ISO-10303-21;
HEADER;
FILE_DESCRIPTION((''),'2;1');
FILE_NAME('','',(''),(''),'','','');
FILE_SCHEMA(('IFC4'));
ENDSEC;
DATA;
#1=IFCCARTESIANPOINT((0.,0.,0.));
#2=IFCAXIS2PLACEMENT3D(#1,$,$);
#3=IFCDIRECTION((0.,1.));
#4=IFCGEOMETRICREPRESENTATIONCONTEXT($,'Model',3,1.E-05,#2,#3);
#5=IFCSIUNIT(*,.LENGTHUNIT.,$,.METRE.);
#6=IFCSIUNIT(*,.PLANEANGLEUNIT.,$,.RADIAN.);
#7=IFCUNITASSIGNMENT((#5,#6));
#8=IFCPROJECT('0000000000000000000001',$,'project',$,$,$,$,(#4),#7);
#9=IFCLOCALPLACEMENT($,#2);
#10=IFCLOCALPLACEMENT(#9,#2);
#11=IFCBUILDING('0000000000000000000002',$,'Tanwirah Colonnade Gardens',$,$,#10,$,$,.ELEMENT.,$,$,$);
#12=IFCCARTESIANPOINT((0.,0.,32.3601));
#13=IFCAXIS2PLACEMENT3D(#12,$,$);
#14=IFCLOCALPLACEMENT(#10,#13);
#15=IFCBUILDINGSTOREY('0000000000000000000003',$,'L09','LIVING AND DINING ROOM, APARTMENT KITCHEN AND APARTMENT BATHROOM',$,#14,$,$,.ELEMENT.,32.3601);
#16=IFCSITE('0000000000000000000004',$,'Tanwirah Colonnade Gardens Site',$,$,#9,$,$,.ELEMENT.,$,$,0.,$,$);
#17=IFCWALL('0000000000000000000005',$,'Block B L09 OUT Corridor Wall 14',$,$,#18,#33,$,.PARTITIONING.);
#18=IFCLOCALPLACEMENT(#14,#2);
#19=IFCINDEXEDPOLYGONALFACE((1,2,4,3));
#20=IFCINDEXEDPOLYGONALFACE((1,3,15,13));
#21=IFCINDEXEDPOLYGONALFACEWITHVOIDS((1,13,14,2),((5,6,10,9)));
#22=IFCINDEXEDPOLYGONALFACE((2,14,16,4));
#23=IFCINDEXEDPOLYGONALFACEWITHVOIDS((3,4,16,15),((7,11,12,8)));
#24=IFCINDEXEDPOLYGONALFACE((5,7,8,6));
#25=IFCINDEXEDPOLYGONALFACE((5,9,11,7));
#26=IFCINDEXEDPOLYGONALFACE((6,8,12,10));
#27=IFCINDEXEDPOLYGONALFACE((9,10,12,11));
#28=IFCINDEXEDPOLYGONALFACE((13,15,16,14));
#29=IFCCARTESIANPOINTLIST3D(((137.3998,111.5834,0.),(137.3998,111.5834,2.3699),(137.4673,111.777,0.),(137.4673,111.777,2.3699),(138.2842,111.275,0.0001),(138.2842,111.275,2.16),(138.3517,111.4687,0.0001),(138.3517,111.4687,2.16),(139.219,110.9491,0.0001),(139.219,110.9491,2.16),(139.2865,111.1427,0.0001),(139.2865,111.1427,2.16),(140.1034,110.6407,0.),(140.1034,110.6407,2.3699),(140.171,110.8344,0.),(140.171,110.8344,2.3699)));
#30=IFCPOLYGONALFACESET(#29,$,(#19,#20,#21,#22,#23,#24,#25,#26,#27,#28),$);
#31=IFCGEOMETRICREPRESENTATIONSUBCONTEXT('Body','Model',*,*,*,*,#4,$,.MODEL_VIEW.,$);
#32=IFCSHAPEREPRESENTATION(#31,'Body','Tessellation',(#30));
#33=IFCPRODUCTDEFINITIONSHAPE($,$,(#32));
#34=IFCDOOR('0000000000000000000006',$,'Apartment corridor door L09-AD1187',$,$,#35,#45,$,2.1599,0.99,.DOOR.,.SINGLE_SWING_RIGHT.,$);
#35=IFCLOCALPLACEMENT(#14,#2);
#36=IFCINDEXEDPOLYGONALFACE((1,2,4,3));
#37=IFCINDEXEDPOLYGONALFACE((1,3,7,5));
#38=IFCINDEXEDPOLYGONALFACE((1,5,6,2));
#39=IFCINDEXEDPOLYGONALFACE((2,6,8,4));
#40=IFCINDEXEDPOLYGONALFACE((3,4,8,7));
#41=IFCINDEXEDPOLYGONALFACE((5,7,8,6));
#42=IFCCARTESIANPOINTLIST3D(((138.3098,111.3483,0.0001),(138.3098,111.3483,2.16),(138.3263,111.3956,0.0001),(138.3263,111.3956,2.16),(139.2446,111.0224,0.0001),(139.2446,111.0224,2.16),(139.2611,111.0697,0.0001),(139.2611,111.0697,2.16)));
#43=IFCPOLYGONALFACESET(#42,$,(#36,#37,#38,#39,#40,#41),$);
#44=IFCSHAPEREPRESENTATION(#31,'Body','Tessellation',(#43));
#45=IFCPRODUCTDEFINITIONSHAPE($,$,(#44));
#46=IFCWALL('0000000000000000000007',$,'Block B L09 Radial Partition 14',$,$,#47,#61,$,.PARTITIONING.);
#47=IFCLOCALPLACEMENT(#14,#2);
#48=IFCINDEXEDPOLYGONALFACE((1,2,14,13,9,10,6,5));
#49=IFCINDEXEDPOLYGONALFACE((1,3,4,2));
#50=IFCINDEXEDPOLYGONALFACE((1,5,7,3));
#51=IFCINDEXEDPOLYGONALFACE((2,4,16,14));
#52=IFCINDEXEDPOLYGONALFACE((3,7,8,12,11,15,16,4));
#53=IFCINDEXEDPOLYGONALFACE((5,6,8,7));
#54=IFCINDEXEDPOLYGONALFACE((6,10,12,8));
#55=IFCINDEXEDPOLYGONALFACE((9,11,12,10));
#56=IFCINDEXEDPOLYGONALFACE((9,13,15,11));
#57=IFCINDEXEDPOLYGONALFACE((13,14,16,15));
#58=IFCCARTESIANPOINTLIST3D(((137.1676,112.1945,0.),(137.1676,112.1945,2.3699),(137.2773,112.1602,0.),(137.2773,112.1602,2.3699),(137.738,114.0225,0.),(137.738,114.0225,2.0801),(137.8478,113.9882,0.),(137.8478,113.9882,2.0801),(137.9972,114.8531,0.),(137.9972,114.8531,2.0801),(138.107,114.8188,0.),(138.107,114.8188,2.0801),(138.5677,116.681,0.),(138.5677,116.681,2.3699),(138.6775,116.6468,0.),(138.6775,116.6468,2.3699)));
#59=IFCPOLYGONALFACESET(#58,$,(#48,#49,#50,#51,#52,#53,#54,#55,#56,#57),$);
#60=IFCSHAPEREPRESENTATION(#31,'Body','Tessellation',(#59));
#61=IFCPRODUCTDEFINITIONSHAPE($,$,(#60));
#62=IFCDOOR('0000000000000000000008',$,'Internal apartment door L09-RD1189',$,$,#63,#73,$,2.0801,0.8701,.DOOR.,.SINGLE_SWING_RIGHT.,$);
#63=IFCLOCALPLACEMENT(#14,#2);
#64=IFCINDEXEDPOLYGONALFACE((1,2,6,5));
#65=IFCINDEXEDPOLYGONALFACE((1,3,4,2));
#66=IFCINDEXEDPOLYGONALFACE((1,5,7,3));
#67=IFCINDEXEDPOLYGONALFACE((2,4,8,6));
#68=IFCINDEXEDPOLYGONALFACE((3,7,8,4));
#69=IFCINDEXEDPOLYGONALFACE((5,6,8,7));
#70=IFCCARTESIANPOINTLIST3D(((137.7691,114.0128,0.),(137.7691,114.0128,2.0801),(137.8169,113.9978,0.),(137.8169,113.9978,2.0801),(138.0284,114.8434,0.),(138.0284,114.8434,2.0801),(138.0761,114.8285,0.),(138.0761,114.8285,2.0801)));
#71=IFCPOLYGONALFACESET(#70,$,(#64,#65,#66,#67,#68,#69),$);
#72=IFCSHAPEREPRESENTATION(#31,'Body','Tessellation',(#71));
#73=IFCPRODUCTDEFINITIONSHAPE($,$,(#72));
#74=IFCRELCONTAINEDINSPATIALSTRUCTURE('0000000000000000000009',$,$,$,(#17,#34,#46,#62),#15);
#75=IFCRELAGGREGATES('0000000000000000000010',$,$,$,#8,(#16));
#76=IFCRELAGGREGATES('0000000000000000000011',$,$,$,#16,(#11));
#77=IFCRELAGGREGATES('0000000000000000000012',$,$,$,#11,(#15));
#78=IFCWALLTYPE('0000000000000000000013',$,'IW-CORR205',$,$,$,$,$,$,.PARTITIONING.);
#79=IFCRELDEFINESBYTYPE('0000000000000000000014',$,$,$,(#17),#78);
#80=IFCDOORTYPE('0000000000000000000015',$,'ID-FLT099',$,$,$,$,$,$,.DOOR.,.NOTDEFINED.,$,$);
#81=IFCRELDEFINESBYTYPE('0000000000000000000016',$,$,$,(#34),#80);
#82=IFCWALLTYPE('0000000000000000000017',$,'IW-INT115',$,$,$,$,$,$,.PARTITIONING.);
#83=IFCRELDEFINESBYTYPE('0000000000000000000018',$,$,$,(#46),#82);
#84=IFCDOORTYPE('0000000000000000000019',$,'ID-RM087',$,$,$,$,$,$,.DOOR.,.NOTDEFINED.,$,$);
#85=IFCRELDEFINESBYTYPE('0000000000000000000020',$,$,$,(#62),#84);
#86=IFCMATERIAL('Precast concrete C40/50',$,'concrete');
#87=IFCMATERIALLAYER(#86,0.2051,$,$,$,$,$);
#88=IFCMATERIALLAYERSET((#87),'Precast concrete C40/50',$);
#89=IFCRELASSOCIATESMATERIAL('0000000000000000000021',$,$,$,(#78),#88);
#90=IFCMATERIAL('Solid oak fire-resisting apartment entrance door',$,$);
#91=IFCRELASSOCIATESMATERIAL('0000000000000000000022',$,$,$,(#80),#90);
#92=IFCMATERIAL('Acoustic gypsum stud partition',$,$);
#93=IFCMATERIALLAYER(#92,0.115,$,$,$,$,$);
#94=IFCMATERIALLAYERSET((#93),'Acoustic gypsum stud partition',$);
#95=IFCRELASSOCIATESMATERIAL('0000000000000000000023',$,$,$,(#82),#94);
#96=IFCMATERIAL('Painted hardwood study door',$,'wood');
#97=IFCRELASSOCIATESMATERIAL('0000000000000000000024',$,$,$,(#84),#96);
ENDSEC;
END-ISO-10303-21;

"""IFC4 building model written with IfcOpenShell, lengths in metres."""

from ifc_helpers import new_model, si_unit, direction, frame, frame_2d, origin, place, context, subcontext, project, spatial, rectangle, extrude, material, layer, layer_set, type_object, element, fill, save


model = new_model("IFC4")

# Units and contexts
model_context = context("Model", 3, precision=1e-05, world=origin(), true_north=direction((0.0, 1.0)))
body_context = subcontext(model_context, "Body", "Model", "MODEL_VIEW")
ifc_project = project(units=[si_unit("LENGTHUNIT", "METRE"), si_unit("PLANEANGLEUNIT", "RADIAN")], contexts=[model_context])

# Site, building, storey
site_placement = place(None, origin())
site = spatial("IfcSite", under=ifc_project, at=site_placement, Name="Tanwirah Colonnade Gardens Site", CompositionType="ELEMENT", RefElevation=0.0)
building_placement = place(site_placement, origin())
building = spatial("IfcBuilding", under=site, at=building_placement, Name="Tanwirah Colonnade Gardens", CompositionType="ELEMENT")
storey_placement = place(building_placement, frame((0.0, 0.0, 32.3601)))
storey = spatial("IfcBuildingStorey", under=building, at=storey_placement, Name="L09", Description="LIVING AND DINING ROOM, APARTMENT KITCHEN AND APARTMENT BATHROOM", CompositionType="ELEMENT", Elevation=32.3601)

# Shared definitions
ifc_material_1 = material(Name="Precast concrete C40/50", Category="concrete")

# Walls, openings, doors
ifc_layer_1 = layer(ifc_material_1, 0.2051)
ifc_layer_set_1 = layer_set([ifc_layer_1], Name="Precast concrete C40/50")
wall_type_1 = type_object("IfcWallType", Name="IW-CORR205", PredefinedType="PARTITIONING", material=ifc_layer_set_1)
ifc_material_2 = material(Name="Solid oak fire-resisting apartment entrance door")
wall_1_placement = place(storey_placement, frame((140.1372, 110.7375, 0.0), z_axis=(0.0, 0.0, 1.0), x_axis=(-0.944254, 0.329218, 0.0)))
wall_1 = element("IfcWall", 1, at=wall_1_placement, inside=storey, type_object=wall_type_1, Name="Block B L09 OUT Corridor Wall 14", PredefinedType="PARTITIONING", context=body_context, shape_type="SweptSolid", body=[
    extrude(rectangle(XDim=2.8633, YDim=0.2051, at=frame_2d((1.4316, 0.0))), origin(), (0.0, 0.0, 1.0), 2.3699),
])
opening_1_placement = place(wall_1_placement, frame((0.9365, 0.0, 0.0)))
opening_1 = element("IfcOpeningElement", 2, at=opening_1_placement, cuts=wall_1, PredefinedType="OPENING", context=body_context, shape_type="SweptSolid", body=[
    extrude(rectangle(XDim=0.99, YDim=2.1599, at=frame_2d((0.4951, 1.0801))), frame((0.0, 0.1125, 0.0), z_axis=(0.0, -1.0, 0.0), x_axis=(1.0, 0.0, 0.0)), (0.0, 0.0, 1.0), 0.2251),
])
door_type_1 = type_object("IfcDoorType", Name="ID-FLT099", OperationType="NOTDEFINED", PredefinedType="DOOR", material=ifc_material_2)
door_1_placement = place(opening_1_placement, origin())
door_1 = element("IfcDoor", 3, at=door_1_placement, inside=storey, type_object=door_type_1, Name="Apartment corridor door L09-AD1187", OperationType="SINGLE_SWING_RIGHT", OverallHeight=2.1599, OverallWidth=0.99, PredefinedType="DOOR", context=body_context, shape_type="SweptSolid", body=[
    extrude(rectangle(XDim=0.99, YDim=2.1599, at=frame_2d((0.4951, 1.0801))), frame((0.0, 0.0249, 0.0), z_axis=(0.0, -1.0, 0.0), x_axis=(1.0, 0.0, 0.0)), (0.0, 0.0, 1.0), 0.05),
])
fill(opening_1, door_1)
ifc_material_3 = material(Name="Acoustic gypsum stud partition")
ifc_layer_2 = layer(ifc_material_3, 0.115)
ifc_layer_set_2 = layer_set([ifc_layer_2], Name="Acoustic gypsum stud partition")
wall_type_2 = type_object("IfcWallType", Name="IW-INT115", PredefinedType="PARTITIONING", material=ifc_layer_set_2)
wall_2_placement = place(storey_placement, frame((137.2224, 112.1772, 0.0), z_axis=(0.0, 0.0, 1.0), x_axis=(0.297905, 0.954595, 0.0)))
wall_2 = element("IfcWall", 4, at=wall_2_placement, inside=storey, type_object=wall_type_2, Name="Block B L09 Radial Partition 14", PredefinedType="PARTITIONING", context=body_context, shape_type="SweptSolid", body=[
    extrude(rectangle(XDim=4.7, YDim=0.115, at=frame_2d((2.3501, 0.0))), origin(), (0.0, 0.0, 1.0), 2.3699),
])
opening_2_placement = place(wall_2_placement, frame((1.915, 0.0, 0.0)))
opening_2 = element("IfcOpeningElement", 5, at=opening_2_placement, cuts=wall_2, PredefinedType="OPENING", context=body_context, shape_type="SweptSolid", body=[
    extrude(rectangle(XDim=0.8701, YDim=2.0801, at=frame_2d((0.4351, 1.04))), frame((0.0, 0.0674, 0.0), z_axis=(0.0, -1.0, 0.0), x_axis=(1.0, 0.0, 0.0)), (0.0, 0.0, 1.0), 0.135),
])
ifc_material_4 = material(Name="Painted hardwood study door", Category="wood")
door_type_2 = type_object("IfcDoorType", Name="ID-RM087", OperationType="NOTDEFINED", PredefinedType="DOOR", material=ifc_material_4)
door_2_placement = place(opening_2_placement, origin())
door_2 = element("IfcDoor", 6, at=door_2_placement, inside=storey, type_object=door_type_2, Name="Internal apartment door L09-RD1189", OperationType="SINGLE_SWING_RIGHT", OverallHeight=2.0801, OverallWidth=0.8701, PredefinedType="DOOR", context=body_context, shape_type="SweptSolid", body=[
    extrude(rectangle(XDim=0.8701, YDim=2.0801, at=frame_2d((0.4351, 1.04))), frame((0.0, 0.0249, 0.0), z_axis=(0.0, -1.0, 0.0), x_axis=(1.0, 0.0, 0.0)), (0.0, 0.0, 1.0), 0.05),
])
fill(opening_2, door_2)

save(model, "model.ifc")
